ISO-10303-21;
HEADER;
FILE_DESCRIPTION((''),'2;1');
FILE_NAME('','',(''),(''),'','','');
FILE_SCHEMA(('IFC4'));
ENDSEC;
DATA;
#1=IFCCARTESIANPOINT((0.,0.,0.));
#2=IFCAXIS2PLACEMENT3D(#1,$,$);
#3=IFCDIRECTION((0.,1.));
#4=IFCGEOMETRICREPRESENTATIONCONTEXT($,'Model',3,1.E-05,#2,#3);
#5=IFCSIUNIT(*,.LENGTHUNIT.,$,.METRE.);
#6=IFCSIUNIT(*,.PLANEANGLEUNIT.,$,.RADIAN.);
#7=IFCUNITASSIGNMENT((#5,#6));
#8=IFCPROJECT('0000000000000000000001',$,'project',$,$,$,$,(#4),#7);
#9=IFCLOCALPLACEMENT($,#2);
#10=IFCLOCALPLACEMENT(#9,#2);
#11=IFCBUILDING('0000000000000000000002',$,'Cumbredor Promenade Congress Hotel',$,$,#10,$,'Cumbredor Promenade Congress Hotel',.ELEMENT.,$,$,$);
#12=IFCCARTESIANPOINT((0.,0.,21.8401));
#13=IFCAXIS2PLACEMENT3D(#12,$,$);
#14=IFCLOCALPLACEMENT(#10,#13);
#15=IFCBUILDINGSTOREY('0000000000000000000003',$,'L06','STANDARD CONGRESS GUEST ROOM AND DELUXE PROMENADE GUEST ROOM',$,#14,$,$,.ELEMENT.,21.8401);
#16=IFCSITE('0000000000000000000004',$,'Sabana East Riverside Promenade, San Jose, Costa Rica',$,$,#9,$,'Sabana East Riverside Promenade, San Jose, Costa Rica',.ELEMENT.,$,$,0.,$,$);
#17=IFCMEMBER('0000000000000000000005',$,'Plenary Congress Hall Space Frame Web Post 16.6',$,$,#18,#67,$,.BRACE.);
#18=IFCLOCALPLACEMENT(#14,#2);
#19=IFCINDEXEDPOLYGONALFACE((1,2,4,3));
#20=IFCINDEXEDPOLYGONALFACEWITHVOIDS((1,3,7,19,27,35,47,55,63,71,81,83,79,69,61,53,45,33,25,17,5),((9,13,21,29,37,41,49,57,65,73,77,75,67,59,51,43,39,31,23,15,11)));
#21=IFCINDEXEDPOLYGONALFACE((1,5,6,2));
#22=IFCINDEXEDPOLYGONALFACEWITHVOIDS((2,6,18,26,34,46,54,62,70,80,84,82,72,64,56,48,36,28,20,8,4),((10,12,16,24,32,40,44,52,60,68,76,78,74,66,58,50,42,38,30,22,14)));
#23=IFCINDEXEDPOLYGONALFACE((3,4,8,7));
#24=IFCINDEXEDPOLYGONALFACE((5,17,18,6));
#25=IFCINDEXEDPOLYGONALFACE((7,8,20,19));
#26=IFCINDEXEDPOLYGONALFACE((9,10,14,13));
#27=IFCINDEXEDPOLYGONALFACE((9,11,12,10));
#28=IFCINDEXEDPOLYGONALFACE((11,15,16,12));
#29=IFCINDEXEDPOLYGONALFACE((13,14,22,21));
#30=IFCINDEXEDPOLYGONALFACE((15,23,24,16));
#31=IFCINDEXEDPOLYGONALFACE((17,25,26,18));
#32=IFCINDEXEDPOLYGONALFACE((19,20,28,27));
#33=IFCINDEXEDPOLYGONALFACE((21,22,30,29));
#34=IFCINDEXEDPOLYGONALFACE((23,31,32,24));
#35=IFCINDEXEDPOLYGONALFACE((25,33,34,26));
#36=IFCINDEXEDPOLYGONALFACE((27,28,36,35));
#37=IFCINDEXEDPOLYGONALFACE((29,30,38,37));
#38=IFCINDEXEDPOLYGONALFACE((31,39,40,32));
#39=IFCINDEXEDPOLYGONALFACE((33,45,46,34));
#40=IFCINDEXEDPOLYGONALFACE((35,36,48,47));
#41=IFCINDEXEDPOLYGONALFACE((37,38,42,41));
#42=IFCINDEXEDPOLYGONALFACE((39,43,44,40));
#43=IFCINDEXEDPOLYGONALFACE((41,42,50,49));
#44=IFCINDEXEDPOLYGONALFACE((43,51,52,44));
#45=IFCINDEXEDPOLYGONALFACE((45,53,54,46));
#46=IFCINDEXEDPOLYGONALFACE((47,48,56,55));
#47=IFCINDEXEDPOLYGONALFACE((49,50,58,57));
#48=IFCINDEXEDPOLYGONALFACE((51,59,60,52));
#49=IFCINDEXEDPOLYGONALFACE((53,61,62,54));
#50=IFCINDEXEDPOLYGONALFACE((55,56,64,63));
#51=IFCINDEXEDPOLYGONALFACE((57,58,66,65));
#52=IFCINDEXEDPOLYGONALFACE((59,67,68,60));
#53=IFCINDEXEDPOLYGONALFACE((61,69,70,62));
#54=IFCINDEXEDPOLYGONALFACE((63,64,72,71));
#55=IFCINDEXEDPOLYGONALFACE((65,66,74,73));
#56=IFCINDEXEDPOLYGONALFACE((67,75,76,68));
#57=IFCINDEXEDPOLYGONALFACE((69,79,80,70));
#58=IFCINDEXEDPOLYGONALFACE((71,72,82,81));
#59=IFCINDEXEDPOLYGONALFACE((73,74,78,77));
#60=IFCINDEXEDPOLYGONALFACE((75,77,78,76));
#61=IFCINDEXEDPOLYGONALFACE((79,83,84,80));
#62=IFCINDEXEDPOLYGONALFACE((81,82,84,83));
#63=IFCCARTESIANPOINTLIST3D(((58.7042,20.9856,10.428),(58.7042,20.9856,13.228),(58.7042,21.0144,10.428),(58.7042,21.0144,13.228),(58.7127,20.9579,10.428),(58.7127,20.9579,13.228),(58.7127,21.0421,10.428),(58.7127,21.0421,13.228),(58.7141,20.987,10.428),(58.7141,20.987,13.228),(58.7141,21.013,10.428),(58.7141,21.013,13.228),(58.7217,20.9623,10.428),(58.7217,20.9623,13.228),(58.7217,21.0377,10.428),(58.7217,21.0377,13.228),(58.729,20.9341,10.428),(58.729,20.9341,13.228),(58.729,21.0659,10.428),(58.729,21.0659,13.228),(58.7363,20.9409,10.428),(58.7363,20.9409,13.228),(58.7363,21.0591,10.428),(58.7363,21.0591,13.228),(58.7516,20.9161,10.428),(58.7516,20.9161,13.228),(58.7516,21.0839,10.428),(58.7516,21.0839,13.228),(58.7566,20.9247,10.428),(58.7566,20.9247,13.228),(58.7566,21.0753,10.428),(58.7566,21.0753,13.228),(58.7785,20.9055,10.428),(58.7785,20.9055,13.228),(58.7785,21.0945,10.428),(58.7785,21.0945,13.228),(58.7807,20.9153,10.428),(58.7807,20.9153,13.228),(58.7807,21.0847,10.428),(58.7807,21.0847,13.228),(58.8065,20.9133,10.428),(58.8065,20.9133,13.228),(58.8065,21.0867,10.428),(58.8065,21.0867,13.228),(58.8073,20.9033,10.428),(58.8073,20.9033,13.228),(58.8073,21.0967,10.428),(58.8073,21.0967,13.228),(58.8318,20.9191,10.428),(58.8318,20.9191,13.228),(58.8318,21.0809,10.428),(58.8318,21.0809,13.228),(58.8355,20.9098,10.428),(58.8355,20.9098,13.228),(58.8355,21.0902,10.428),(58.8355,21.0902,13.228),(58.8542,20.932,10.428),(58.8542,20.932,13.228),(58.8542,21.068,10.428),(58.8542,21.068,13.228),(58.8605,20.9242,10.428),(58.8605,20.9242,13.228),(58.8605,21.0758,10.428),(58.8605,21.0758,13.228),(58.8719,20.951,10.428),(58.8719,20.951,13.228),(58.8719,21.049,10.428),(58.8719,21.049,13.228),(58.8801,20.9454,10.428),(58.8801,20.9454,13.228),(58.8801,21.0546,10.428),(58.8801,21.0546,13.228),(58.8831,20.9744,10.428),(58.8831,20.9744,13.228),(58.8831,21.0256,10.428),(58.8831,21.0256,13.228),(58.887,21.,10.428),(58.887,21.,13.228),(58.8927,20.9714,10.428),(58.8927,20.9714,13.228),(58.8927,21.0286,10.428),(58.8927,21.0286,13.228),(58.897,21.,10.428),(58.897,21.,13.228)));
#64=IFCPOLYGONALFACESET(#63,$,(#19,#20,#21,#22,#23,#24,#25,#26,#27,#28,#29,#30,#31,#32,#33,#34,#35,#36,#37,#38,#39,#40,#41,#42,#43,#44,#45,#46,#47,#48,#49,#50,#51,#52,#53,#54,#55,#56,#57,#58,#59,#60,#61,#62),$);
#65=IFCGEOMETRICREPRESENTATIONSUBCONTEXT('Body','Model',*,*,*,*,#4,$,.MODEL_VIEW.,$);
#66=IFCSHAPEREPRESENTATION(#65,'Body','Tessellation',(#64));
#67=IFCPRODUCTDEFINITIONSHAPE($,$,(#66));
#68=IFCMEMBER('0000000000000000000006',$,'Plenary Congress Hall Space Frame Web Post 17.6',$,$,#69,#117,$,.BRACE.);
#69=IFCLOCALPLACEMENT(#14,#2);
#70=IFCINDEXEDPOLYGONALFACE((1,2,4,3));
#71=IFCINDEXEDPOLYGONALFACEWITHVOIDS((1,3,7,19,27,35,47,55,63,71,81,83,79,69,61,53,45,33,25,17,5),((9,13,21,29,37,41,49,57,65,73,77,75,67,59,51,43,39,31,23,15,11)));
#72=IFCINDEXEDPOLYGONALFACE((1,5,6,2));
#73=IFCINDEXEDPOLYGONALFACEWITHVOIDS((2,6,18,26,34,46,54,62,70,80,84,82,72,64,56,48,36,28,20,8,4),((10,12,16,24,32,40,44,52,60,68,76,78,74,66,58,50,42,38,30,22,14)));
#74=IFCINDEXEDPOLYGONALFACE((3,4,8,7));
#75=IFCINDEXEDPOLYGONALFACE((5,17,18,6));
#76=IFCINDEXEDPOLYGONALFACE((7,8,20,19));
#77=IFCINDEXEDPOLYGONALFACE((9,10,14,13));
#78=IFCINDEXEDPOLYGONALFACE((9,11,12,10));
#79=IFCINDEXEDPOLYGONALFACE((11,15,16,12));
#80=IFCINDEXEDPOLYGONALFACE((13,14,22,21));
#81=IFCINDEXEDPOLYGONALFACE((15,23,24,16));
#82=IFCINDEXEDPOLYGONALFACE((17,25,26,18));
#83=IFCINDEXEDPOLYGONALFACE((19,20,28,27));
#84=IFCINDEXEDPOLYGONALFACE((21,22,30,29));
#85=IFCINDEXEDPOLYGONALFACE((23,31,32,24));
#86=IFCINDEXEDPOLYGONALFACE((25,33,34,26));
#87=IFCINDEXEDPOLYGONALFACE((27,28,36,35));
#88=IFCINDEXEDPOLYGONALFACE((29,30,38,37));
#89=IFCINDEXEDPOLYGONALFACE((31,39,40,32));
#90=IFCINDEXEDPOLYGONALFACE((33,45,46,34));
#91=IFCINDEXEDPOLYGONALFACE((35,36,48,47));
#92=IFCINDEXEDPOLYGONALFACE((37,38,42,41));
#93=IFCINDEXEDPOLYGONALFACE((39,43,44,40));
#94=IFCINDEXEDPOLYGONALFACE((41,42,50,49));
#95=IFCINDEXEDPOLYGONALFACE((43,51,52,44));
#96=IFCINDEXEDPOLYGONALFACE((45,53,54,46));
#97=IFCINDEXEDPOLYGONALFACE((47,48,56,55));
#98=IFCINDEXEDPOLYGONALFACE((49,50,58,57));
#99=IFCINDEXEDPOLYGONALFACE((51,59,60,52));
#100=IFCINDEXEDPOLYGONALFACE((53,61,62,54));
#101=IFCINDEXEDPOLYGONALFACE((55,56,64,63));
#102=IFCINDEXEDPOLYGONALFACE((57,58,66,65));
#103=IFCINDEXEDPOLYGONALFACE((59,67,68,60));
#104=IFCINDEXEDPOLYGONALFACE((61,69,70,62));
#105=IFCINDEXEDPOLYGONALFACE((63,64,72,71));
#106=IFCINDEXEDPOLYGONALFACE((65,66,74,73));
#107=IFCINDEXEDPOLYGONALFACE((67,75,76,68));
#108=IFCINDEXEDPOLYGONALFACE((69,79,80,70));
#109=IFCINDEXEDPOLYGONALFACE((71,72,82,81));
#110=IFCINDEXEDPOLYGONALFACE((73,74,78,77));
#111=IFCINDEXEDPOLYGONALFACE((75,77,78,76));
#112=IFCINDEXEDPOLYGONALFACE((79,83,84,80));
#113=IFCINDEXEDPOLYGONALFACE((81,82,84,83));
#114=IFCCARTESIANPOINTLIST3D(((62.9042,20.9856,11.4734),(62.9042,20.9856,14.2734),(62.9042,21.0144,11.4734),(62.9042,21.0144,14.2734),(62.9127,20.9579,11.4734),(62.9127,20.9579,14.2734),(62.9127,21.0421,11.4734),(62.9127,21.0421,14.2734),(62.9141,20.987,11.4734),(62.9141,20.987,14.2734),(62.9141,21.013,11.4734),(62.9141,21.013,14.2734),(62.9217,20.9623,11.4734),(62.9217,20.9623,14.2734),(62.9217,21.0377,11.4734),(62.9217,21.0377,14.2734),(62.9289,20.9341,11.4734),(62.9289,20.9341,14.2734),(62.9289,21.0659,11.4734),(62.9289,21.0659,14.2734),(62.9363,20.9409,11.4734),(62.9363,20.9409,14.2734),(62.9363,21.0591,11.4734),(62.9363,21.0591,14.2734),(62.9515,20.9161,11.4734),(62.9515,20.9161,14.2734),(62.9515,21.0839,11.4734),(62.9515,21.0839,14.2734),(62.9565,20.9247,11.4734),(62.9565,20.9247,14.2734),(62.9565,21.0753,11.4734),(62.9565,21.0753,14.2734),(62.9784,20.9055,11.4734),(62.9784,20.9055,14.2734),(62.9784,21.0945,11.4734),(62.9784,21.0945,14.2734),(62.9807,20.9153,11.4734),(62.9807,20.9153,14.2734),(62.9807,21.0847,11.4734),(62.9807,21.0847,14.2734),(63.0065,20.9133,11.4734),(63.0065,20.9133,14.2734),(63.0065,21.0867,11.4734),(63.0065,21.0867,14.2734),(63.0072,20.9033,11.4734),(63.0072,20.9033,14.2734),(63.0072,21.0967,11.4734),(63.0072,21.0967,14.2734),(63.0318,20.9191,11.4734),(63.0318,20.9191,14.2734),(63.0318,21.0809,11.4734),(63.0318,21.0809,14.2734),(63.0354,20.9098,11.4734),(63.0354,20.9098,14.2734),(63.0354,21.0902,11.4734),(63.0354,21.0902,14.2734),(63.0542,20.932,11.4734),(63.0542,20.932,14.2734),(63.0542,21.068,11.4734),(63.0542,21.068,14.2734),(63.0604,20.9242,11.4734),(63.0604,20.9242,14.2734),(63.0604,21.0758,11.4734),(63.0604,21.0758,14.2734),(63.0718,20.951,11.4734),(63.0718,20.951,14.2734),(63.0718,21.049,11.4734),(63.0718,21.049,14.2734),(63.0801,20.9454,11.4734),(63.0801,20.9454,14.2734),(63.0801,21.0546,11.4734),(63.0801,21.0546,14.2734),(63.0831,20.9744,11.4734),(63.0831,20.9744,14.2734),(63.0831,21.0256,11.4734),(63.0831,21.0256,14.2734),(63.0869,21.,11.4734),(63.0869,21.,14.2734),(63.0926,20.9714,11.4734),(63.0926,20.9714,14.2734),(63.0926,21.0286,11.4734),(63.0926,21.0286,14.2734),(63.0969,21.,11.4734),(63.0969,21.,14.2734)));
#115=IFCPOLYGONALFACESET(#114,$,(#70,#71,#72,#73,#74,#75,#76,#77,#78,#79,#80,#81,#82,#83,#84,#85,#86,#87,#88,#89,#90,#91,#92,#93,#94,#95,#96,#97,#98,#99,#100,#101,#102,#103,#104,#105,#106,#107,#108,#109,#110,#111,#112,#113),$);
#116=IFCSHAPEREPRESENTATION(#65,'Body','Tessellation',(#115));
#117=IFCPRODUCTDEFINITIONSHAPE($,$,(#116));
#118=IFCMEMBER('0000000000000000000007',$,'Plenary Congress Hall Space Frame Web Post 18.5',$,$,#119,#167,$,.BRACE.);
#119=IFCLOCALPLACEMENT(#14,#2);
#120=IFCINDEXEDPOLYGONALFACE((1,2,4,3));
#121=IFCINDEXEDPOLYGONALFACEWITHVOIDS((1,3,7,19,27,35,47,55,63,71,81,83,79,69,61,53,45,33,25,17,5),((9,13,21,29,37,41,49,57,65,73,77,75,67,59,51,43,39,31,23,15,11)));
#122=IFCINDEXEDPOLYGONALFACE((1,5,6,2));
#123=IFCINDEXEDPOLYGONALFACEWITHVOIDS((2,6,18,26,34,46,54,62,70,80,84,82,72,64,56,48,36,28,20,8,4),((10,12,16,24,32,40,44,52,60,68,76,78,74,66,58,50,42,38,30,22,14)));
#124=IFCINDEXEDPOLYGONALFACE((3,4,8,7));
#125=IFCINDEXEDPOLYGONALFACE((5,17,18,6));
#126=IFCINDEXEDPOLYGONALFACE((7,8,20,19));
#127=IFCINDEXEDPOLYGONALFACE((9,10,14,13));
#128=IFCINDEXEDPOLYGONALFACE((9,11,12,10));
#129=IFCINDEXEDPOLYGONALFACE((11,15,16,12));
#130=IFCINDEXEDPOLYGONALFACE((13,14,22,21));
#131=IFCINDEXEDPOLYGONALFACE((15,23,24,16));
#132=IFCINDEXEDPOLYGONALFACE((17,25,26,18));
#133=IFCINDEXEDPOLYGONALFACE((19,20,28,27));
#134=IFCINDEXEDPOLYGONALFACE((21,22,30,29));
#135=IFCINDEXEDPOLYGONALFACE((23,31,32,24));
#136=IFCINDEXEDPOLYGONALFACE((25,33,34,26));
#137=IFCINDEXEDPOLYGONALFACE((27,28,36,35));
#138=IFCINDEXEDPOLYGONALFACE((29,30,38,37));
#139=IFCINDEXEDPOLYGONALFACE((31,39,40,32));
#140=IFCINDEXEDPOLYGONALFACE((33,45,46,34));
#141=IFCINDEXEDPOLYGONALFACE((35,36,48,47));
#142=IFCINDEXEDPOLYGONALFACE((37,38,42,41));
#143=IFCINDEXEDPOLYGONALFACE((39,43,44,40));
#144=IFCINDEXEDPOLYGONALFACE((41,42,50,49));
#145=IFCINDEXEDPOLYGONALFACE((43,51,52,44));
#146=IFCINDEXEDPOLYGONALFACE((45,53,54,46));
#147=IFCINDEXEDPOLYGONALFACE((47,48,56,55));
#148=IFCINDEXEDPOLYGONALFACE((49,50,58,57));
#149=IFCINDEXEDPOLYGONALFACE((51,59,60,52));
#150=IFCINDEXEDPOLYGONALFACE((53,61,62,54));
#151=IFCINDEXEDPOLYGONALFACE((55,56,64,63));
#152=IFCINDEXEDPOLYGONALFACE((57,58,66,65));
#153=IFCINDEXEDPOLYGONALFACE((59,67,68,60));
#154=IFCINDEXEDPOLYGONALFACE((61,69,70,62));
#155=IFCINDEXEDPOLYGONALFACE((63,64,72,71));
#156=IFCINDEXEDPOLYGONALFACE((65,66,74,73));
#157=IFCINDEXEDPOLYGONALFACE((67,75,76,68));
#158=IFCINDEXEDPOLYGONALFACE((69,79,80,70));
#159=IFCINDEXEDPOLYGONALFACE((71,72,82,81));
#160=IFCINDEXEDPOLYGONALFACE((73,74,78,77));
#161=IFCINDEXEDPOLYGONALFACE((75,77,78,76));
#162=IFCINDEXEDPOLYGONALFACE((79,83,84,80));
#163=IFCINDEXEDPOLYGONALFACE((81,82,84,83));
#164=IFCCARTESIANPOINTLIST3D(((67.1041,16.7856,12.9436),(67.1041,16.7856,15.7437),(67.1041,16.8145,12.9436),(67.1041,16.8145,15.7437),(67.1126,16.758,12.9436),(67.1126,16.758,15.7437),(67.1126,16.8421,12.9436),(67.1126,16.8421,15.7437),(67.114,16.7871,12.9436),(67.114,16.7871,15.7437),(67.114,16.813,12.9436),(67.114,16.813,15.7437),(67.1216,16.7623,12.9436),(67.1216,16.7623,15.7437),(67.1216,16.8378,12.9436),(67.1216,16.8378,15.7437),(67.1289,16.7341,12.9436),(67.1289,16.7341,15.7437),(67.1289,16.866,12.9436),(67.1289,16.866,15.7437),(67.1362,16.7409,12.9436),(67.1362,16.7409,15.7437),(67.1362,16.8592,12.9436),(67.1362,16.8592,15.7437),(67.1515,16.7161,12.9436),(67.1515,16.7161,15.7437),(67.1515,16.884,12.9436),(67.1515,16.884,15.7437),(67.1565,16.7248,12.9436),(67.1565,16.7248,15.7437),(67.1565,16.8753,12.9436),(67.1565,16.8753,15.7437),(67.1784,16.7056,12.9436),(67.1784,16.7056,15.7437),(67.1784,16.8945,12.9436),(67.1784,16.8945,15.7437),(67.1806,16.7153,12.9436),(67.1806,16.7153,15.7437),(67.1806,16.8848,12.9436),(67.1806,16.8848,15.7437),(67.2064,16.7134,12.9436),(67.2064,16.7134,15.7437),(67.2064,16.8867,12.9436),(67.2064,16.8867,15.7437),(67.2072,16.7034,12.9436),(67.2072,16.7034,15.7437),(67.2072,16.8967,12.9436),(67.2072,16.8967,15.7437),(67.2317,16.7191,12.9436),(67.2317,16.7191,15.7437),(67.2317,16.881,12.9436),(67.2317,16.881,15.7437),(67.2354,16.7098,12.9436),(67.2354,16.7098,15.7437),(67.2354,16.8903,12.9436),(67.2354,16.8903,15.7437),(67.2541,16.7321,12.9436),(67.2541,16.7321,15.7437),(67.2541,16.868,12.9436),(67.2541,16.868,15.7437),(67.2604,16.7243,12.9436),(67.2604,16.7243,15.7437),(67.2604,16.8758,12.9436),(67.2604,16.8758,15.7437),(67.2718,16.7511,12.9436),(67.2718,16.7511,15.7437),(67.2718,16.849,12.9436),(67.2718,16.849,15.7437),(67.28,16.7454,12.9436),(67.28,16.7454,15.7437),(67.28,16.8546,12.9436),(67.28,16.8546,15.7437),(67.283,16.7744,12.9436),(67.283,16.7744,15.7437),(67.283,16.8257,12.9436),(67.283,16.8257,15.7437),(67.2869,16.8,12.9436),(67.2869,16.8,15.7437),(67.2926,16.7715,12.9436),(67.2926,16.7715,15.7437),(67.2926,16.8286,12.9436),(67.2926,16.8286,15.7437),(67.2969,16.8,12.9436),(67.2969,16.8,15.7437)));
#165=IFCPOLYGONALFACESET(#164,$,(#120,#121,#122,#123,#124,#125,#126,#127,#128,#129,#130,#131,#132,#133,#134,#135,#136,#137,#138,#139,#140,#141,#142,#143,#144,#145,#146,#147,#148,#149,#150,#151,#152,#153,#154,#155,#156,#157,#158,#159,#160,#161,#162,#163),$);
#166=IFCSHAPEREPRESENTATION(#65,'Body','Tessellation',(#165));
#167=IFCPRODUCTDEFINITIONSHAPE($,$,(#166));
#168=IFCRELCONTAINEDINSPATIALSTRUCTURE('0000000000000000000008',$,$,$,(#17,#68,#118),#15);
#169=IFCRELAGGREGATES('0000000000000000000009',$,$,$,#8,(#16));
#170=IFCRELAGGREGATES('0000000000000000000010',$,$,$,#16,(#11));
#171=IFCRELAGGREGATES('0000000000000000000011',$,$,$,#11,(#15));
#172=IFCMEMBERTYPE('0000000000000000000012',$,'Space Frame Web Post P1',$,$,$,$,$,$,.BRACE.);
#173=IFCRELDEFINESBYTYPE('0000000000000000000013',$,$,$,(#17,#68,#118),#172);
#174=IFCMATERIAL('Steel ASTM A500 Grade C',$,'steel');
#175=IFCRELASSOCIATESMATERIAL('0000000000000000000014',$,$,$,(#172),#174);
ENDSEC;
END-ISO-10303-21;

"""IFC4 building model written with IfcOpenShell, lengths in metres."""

from ifc_helpers import new_model, si_unit, direction, frame, origin, origin_2d, place, context, subcontext, project, spatial, hollow_circle, extrude, material, material_profile, profile_set, type_object, element, save


model = new_model("IFC4")

# Units and contexts
model_context = context("Model", 3, precision=1e-05, world=origin(), true_north=direction((0.0, 1.0)))
body_context = subcontext(model_context, "Body", "Model", "MODEL_VIEW")
ifc_project = project(units=[si_unit("LENGTHUNIT", "METRE"), si_unit("PLANEANGLEUNIT", "RADIAN")], contexts=[model_context])

# Site, building, storey
site_placement = place(None, origin())
site = spatial("IfcSite", under=ifc_project, at=site_placement, Name="Sabana East Riverside Promenade, San Jose, Costa Rica", LongName="Sabana East Riverside Promenade, San Jose, Costa Rica", CompositionType="ELEMENT", RefElevation=0.0)
building_placement = place(site_placement, origin())
building = spatial("IfcBuilding", under=site, at=building_placement, Name="Cumbredor Promenade Congress Hotel", LongName="Cumbredor Promenade Congress Hotel", CompositionType="ELEMENT")
storey_placement = place(building_placement, frame((0.0, 0.0, 21.8401)))
storey = spatial("IfcBuildingStorey", under=building, at=storey_placement, Name="L06", Description="STANDARD CONGRESS GUEST ROOM AND DELUXE PROMENADE GUEST ROOM", CompositionType="ELEMENT", Elevation=21.8401)

# Members
ifc_material_1 = material(Name="Steel ASTM A500 Grade C", Category="steel")
ifc_material_profile_1 = material_profile(ifc_material_1, hollow_circle(Radius=0.0969, WallThickness=0.01, at=origin_2d()), Name="CHS 193.7x10")
ifc_profile_set_1 = profile_set([ifc_material_profile_1], Name="Steel ASTM A500 Grade C")
member_type_1 = type_object("IfcMemberType", Name="Space Frame Web Post P1", PredefinedType="BRACE", material=ifc_profile_set_1)
for number, where, z_axis, x_axis, name in (
    (1, (58.8, 21.0, 10.428), (0.0, 0.0, 1.0), (1.0, 0.0, 0.0), "Plenary Congress Hall Space Frame Web Post 16.6"),
    (2, (63.0, 21.0, 11.4734), (0.0, 0.0, 1.0), (1.0, 0.0, 0.0), "Plenary Congress Hall Space Frame Web Post 17.6"),
    (3, (67.2, 16.8, 12.9436), (0.0, 0.0, 1.0), (1.0, 0.0, 0.0), "Plenary Congress Hall Space Frame Web Post 18.5"),
):
    element("IfcMember", number, at=place(storey_placement, frame(where, z_axis=z_axis, x_axis=x_axis)), inside=storey, type_object=member_type_1, Name=name, PredefinedType="BRACE", context=body_context, shape_type="SweptSolid", body=[
        extrude(hollow_circle(Radius=0.0969, WallThickness=0.01, at=origin_2d()), origin(), (0.0, 0.0, 1.0), 2.8),
    ])

save(model, "model.ifc")
